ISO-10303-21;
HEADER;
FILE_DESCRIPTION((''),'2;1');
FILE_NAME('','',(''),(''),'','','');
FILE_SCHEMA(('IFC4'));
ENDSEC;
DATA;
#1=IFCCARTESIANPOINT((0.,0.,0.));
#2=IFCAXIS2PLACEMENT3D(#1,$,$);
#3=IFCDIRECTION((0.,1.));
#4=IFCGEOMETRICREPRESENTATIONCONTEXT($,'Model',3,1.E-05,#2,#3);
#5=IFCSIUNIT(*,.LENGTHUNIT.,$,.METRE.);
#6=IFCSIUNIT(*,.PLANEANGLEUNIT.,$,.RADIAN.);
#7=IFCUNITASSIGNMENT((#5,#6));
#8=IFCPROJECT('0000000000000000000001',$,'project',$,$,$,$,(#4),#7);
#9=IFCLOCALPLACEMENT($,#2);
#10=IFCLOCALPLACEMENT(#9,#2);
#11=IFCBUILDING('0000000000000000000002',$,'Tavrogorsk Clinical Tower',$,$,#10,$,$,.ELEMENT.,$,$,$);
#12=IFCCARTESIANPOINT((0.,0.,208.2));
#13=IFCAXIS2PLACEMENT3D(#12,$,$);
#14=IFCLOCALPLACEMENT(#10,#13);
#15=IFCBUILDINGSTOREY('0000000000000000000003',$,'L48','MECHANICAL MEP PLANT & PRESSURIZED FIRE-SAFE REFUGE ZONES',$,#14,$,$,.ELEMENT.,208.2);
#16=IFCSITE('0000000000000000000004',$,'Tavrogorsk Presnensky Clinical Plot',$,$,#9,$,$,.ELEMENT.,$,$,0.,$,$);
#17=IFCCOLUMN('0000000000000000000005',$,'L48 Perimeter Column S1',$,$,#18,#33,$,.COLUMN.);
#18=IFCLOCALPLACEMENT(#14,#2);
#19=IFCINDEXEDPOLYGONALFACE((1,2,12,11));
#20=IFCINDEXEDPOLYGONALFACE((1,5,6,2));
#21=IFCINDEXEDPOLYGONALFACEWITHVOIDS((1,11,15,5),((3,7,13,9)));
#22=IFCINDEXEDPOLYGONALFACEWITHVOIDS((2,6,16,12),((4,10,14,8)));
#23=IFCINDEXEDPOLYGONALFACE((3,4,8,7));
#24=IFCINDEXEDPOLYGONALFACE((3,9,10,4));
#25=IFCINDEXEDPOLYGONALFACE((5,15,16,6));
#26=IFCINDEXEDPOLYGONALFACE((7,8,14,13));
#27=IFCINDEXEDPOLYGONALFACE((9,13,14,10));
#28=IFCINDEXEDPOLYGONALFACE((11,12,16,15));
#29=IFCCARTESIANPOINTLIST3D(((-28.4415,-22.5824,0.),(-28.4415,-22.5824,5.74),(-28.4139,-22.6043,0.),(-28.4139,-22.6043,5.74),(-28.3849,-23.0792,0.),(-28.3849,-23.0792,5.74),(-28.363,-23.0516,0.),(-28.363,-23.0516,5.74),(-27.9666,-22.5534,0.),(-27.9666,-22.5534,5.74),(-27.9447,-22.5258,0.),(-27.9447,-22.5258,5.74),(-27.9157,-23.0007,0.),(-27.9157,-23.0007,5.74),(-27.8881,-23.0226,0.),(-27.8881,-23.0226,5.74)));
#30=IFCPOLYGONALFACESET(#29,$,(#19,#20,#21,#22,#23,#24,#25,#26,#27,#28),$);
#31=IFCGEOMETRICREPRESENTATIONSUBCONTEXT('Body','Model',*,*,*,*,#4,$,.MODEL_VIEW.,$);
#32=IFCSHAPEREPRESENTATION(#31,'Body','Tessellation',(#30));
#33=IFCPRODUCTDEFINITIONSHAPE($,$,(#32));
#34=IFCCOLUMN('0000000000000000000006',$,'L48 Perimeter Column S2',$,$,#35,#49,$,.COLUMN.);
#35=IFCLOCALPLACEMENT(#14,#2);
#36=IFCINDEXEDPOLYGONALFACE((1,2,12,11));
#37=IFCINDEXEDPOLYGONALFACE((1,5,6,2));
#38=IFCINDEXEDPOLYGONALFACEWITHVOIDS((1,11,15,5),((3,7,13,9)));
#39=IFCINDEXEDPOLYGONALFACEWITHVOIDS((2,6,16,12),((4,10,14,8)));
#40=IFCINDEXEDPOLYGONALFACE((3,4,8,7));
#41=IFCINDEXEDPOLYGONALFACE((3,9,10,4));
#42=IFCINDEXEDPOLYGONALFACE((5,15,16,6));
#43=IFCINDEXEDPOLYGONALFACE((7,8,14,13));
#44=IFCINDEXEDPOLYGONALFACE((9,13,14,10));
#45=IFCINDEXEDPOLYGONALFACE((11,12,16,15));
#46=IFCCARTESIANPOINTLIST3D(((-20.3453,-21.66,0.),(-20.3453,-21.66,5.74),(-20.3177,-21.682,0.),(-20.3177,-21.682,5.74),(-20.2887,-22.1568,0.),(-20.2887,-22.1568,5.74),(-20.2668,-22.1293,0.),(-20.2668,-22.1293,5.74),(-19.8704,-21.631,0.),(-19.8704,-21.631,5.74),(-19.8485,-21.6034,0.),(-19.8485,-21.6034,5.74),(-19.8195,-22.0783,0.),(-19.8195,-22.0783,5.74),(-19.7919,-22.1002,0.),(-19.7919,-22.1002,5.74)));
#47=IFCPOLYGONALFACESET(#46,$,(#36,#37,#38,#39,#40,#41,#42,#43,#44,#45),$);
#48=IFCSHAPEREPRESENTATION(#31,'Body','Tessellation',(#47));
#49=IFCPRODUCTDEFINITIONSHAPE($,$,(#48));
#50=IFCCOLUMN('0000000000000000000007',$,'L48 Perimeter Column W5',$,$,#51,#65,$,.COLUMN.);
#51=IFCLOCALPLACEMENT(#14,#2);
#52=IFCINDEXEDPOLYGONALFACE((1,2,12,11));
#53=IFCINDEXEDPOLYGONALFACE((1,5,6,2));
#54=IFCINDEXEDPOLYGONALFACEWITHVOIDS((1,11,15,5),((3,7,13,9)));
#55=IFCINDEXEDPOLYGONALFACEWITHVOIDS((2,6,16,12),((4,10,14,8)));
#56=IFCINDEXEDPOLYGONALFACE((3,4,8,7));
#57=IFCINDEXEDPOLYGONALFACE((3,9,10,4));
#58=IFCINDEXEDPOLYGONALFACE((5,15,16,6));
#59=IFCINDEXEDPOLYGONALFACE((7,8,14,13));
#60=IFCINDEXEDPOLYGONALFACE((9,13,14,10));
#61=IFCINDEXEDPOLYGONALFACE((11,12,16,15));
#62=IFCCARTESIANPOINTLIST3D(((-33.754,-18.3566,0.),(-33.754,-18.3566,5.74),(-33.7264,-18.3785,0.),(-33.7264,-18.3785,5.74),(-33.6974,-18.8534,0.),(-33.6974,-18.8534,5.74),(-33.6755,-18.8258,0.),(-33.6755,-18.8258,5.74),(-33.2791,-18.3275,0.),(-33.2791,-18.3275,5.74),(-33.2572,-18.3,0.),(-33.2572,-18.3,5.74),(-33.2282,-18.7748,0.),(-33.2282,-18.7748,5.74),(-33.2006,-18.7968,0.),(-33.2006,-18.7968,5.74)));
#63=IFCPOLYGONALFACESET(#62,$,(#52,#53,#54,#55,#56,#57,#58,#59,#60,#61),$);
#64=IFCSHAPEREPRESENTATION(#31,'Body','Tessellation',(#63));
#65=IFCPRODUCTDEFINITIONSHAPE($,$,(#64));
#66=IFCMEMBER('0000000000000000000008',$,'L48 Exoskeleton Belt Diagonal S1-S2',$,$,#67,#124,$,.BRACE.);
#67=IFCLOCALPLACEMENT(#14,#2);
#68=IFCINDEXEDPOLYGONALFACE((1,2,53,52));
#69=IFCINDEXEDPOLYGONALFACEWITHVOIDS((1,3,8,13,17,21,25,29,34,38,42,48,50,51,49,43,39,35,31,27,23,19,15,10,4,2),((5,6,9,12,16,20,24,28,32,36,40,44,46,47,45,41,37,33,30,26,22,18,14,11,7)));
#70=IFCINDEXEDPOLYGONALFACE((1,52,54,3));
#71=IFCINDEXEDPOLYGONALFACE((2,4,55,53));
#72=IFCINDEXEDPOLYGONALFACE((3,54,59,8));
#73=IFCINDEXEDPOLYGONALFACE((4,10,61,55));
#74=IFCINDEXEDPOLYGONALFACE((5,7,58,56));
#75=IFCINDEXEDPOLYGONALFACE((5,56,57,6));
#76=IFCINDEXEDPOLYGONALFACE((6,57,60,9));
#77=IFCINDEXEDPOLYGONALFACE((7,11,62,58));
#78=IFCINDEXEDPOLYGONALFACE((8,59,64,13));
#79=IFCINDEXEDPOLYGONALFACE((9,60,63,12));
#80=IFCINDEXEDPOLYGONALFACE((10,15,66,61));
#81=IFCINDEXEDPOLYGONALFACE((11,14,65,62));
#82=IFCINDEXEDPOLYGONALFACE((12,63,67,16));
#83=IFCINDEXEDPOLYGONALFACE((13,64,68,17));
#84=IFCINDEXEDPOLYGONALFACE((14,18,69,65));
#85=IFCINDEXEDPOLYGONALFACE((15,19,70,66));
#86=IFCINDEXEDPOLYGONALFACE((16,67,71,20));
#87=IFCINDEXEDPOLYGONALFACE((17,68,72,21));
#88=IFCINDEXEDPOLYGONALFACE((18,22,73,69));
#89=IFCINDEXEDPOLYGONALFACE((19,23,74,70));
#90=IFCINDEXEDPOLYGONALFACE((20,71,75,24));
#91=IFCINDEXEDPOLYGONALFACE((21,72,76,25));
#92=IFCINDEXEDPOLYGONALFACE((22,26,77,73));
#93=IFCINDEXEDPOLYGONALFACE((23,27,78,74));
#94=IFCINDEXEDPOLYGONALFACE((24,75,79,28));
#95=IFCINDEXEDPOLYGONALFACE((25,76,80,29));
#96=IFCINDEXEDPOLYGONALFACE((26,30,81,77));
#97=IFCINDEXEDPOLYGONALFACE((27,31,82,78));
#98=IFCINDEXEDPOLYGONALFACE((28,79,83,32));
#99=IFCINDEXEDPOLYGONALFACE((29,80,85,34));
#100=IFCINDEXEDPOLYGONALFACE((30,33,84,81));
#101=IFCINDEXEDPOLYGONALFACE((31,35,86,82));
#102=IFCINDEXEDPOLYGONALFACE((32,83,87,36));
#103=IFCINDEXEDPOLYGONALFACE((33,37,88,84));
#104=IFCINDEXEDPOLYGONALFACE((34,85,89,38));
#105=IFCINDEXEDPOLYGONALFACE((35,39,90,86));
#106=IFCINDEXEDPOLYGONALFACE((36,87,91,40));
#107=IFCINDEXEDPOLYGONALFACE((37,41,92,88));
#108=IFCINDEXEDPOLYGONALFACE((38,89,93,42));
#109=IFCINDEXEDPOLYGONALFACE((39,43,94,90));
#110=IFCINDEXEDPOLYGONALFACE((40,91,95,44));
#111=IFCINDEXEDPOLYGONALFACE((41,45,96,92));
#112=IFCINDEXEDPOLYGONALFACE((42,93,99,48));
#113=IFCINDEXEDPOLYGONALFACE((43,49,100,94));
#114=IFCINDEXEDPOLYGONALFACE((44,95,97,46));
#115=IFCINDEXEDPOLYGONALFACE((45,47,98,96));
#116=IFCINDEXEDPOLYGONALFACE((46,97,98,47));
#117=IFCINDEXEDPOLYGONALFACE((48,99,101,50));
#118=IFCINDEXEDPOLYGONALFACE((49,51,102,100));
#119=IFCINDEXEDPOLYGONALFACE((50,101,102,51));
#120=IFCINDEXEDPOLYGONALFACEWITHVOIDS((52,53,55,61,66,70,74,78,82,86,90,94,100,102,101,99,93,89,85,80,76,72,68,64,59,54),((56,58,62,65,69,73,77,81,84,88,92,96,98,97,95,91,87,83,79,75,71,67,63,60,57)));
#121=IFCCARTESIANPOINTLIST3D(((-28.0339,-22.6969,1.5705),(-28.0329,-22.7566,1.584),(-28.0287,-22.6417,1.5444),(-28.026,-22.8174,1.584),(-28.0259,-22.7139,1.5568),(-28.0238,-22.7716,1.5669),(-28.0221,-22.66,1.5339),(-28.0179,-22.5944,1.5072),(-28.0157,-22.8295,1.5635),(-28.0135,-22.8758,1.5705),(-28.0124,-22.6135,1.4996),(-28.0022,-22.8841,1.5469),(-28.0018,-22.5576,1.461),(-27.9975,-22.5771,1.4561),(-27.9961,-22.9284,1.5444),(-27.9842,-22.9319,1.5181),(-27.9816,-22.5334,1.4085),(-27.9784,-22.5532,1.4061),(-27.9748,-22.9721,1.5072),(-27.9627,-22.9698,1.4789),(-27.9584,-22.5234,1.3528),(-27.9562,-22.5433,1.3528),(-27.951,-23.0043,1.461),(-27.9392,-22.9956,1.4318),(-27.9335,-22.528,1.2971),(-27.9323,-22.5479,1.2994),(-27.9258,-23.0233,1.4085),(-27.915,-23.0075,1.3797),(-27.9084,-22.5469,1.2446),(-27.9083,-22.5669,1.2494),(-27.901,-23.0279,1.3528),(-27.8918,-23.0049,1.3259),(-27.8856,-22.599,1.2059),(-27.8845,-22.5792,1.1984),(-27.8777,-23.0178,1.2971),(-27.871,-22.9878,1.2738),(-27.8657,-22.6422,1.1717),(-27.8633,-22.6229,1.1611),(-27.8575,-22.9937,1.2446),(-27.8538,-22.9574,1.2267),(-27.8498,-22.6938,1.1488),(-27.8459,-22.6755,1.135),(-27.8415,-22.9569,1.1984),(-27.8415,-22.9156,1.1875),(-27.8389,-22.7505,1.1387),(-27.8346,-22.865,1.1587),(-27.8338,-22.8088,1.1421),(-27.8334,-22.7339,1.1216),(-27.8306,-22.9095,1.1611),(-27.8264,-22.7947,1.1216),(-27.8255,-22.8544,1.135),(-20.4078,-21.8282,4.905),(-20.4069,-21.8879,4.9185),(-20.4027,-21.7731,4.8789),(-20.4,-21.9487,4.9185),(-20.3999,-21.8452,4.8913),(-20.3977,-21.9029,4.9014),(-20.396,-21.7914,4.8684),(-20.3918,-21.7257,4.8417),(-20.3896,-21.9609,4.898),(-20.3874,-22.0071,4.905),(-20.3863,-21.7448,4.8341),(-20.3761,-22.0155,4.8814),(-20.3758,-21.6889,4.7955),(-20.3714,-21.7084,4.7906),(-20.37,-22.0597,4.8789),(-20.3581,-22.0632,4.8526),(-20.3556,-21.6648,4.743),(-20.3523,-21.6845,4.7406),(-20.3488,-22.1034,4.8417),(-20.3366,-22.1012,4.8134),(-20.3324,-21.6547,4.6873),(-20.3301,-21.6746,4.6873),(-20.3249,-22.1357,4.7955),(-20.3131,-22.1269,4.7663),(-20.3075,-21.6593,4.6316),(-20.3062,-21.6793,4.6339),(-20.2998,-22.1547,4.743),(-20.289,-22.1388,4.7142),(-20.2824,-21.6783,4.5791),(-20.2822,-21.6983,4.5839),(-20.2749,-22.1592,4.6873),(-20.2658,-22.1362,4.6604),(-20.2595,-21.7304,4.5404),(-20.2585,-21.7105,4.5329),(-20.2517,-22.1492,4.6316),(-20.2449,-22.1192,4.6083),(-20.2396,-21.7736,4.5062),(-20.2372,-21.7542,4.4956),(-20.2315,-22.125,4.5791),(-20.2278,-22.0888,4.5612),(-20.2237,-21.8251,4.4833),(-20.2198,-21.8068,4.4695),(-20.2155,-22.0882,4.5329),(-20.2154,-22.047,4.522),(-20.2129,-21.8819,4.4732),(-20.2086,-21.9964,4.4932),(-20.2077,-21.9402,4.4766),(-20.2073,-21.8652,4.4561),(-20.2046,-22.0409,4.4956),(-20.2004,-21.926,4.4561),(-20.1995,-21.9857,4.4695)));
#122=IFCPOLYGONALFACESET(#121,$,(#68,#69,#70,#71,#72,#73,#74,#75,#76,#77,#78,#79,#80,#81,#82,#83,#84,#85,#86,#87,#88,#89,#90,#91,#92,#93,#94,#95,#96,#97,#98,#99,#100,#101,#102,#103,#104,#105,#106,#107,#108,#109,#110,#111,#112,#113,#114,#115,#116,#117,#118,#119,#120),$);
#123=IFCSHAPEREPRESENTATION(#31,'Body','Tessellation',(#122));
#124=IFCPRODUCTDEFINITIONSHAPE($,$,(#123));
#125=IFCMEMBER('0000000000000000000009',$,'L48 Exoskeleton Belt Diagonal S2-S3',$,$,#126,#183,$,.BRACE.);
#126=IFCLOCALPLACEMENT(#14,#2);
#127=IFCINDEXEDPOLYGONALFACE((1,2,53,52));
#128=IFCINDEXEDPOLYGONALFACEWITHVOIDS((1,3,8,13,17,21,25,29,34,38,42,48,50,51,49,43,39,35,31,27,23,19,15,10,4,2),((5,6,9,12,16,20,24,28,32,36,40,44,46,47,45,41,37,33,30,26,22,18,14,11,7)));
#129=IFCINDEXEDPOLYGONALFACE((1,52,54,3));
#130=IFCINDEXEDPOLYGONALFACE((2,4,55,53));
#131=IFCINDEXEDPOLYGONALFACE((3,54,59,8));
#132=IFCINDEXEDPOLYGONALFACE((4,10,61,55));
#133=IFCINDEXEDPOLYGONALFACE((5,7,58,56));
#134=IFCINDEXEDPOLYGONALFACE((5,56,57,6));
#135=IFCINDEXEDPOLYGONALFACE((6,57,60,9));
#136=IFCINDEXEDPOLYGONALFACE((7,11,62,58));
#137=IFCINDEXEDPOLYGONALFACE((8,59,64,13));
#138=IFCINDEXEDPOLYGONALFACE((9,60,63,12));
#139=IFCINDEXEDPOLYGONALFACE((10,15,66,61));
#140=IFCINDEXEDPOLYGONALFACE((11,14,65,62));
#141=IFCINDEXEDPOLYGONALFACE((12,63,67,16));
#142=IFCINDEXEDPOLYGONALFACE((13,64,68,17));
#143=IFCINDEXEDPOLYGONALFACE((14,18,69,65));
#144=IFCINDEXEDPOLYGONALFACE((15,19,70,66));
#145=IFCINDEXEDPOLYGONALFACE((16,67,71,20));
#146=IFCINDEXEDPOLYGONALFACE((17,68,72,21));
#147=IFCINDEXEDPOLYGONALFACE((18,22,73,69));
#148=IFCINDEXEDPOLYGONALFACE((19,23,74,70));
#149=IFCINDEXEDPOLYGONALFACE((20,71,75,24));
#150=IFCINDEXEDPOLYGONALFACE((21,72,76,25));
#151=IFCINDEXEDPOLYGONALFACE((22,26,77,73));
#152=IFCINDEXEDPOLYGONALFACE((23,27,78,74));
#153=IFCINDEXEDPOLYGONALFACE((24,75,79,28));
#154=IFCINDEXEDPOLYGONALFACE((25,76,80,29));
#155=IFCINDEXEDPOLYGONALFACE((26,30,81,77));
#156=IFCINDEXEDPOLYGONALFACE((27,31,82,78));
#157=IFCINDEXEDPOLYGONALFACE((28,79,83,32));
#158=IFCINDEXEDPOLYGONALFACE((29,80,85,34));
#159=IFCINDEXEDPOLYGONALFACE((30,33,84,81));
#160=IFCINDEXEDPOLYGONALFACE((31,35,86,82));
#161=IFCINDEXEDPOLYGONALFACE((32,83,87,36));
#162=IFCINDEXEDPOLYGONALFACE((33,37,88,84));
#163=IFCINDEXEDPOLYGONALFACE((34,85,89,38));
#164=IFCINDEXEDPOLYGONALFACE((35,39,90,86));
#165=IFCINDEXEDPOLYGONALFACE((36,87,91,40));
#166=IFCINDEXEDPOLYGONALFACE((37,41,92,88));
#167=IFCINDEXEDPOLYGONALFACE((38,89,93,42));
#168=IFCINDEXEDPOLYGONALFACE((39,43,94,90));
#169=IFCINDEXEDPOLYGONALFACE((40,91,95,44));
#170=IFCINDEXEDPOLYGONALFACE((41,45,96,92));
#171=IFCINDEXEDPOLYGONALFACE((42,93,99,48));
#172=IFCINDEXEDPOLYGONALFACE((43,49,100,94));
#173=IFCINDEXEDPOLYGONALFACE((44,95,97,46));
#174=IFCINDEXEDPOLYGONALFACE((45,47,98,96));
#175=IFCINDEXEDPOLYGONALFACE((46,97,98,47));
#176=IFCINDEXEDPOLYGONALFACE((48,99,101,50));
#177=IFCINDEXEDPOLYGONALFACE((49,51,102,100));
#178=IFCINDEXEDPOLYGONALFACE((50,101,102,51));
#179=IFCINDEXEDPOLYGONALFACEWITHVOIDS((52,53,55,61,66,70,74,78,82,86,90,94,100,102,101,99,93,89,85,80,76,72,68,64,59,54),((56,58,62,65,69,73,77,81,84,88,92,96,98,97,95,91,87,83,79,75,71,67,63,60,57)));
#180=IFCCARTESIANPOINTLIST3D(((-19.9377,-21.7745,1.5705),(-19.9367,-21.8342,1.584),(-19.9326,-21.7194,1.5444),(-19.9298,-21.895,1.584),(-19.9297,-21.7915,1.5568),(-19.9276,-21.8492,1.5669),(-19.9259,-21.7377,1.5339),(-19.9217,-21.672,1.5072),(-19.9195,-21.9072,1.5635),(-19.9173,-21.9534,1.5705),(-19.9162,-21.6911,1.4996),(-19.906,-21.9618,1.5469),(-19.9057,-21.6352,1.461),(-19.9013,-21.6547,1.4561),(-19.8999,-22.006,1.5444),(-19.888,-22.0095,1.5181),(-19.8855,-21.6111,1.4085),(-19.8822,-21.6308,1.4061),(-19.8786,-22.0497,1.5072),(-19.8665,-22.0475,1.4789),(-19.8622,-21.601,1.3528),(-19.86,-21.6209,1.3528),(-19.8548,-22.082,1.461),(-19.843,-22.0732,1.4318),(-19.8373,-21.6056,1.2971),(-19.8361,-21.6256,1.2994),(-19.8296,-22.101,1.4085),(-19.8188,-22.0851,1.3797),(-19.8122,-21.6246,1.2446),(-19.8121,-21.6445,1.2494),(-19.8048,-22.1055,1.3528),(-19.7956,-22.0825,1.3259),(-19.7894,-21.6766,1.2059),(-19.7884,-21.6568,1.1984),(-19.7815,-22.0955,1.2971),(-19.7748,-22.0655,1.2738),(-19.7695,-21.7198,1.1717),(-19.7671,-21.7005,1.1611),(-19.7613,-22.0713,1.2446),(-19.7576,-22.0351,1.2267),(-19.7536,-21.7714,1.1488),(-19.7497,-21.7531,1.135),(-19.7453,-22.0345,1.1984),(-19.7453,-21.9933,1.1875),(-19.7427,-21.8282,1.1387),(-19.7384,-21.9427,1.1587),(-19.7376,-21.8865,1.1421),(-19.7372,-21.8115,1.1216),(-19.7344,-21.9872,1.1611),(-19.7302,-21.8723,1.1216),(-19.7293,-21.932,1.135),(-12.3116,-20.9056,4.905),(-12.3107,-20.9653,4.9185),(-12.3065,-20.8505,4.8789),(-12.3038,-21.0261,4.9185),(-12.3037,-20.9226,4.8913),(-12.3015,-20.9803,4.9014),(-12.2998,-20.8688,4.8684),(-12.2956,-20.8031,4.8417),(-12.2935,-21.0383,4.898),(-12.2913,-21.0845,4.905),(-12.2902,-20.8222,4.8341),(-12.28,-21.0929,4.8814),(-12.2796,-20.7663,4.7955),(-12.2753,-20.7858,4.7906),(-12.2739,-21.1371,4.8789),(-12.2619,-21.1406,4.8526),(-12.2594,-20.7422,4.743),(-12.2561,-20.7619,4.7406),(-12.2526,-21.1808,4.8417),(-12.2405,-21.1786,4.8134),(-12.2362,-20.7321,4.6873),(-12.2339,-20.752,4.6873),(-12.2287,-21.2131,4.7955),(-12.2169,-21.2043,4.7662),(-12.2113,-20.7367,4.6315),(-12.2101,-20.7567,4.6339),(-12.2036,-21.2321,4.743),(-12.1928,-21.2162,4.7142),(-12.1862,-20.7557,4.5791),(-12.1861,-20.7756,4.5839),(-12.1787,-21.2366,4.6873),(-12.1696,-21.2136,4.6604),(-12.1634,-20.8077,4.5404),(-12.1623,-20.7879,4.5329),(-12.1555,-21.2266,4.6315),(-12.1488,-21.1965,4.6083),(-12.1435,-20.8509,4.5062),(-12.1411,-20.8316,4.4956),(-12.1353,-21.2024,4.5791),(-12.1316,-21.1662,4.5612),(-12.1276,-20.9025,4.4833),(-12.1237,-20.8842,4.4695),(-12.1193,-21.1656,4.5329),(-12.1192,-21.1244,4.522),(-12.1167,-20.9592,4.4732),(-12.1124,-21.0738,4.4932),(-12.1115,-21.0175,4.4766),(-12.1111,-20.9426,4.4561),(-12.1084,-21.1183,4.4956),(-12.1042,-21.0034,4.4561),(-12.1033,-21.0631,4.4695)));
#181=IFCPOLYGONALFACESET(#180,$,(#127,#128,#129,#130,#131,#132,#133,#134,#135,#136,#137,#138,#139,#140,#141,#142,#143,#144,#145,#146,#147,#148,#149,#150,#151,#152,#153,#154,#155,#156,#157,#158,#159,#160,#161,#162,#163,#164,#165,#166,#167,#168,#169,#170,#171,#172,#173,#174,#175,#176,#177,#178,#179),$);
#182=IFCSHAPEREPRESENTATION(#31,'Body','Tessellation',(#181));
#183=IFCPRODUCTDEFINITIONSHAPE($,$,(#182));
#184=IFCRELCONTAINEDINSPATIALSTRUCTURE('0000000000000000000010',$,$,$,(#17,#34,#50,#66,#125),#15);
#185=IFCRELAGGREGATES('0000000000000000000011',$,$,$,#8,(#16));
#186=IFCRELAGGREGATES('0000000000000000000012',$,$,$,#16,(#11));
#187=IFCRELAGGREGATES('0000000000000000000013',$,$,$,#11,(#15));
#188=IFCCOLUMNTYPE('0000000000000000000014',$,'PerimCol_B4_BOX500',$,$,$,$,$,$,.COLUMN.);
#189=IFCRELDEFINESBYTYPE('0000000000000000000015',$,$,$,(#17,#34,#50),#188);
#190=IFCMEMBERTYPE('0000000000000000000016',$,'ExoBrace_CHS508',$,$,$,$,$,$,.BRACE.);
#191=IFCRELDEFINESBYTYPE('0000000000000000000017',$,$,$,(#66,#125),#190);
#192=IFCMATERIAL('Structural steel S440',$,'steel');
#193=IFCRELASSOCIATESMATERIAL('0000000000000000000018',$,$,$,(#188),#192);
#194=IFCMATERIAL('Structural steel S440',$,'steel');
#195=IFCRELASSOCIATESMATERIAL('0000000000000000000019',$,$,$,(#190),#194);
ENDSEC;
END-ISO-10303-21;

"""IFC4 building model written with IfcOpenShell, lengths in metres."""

from ifc_helpers import new_model, si_unit, direction, frame, origin, origin_2d, place, context, subcontext, project, spatial, hollow_rectangle, hollow_circle, extrude, material, material_profile, profile_set, type_object, element, save


model = new_model("IFC4")

# Units and contexts
model_context = context("Model", 3, precision=1e-05, world=origin(), true_north=direction((0.0, 1.0)))
body_context = subcontext(model_context, "Body", "Model", "MODEL_VIEW")
ifc_project = project(units=[si_unit("LENGTHUNIT", "METRE"), si_unit("PLANEANGLEUNIT", "RADIAN")], contexts=[model_context])

# Site, building, storey
site_placement = place(None, origin())
site = spatial("IfcSite", under=ifc_project, at=site_placement, Name="Tavrogorsk Presnensky Clinical Plot", CompositionType="ELEMENT", RefElevation=0.0)
building_placement = place(site_placement, origin())
building = spatial("IfcBuilding", under=site, at=building_placement, Name="Tavrogorsk Clinical Tower", CompositionType="ELEMENT")
storey_placement = place(building_placement, frame((0.0, 0.0, 208.2)))
storey = spatial("IfcBuildingStorey", under=building, at=storey_placement, Name="L48", Description="MECHANICAL MEP PLANT & PRESSURIZED FIRE-SAFE REFUGE ZONES", CompositionType="ELEMENT", Elevation=208.2)

# Columns
ifc_material_1 = material(Name="Structural steel S440", Category="steel")
ifc_material_profile_1 = material_profile(ifc_material_1, hollow_rectangle(XDim=0.5, YDim=0.5, WallThickness=0.0249, at=origin_2d()), Name="BOX-500x500x25")
ifc_profile_set_1 = profile_set([ifc_material_profile_1], Name="Structural steel S440")
column_type = type_object("IfcColumnType", Name="PerimCol_B4_BOX500", PredefinedType="COLUMN", material=ifc_profile_set_1)
for number, where, z_axis, x_axis, name in (
    (1, (-28.1648, -22.8025, 0.0), (0.0, 0.0, 1.0), (0.993572, 0.113203, 0.0), "L48 Perimeter Column S1"),
    (2, (-20.0686, -21.8801, 0.0), (0.0, 0.0, 1.0), (0.993572, 0.113203, 0.0), "L48 Perimeter Column S2"),
    (3, (-33.4773, -18.5767, 0.0), (0.0, 0.0, 1.0), (0.993572, 0.113203, 0.0), "L48 Perimeter Column W5"),
):
    element("IfcColumn", number, at=place(storey_placement, frame(where, z_axis=z_axis, x_axis=x_axis)), inside=storey, type_object=column_type, Name=name, PredefinedType="COLUMN", context=body_context, shape_type="SweptSolid", body=[
        extrude(hollow_rectangle(XDim=0.5, YDim=0.5, WallThickness=0.0249, at=origin_2d()), origin(), (0.0, 0.0, 1.0), 5.74),
    ])

# Members
ifc_material_2 = material(Name="Structural steel S440", Category="steel")
ifc_material_profile_2 = material_profile(ifc_material_2, hollow_circle(Radius=0.2539, WallThickness=0.02, at=origin_2d()), Name="CHS-508x20")
ifc_profile_set_2 = profile_set([ifc_material_profile_2], Name="Structural steel S440")
member_type_1 = type_object("IfcMemberType", Name="ExoBrace_CHS508", PredefinedType="BRACE", material=ifc_profile_set_2)
for number, where, z_axis, x_axis, name in (
    (4, (-27.9297, -22.7756, 1.3528), (0.911291, 0.103802, 0.398464), (-0.113175, 0.993575, 0.0), "L48 Exoskeleton Belt Diagonal S1-S2"),
    (5, (-19.8335, -21.8533, 1.3528), (0.911288, 0.103831, 0.398463), (-0.113207, 0.993571, 0.0), "L48 Exoskeleton Belt Diagonal S2-S3"),
):
    element("IfcMember", number, at=place(storey_placement, frame(where, z_axis=z_axis, x_axis=x_axis)), inside=storey, type_object=member_type_1, Name=name, PredefinedType="BRACE", context=body_context, shape_type="SweptSolid", body=[
        extrude(hollow_circle(Radius=0.2539, WallThickness=0.02, at=origin_2d()), origin(), (0.0, 0.0, 1.0), 8.3684),
    ])

save(model, "model.ifc")
